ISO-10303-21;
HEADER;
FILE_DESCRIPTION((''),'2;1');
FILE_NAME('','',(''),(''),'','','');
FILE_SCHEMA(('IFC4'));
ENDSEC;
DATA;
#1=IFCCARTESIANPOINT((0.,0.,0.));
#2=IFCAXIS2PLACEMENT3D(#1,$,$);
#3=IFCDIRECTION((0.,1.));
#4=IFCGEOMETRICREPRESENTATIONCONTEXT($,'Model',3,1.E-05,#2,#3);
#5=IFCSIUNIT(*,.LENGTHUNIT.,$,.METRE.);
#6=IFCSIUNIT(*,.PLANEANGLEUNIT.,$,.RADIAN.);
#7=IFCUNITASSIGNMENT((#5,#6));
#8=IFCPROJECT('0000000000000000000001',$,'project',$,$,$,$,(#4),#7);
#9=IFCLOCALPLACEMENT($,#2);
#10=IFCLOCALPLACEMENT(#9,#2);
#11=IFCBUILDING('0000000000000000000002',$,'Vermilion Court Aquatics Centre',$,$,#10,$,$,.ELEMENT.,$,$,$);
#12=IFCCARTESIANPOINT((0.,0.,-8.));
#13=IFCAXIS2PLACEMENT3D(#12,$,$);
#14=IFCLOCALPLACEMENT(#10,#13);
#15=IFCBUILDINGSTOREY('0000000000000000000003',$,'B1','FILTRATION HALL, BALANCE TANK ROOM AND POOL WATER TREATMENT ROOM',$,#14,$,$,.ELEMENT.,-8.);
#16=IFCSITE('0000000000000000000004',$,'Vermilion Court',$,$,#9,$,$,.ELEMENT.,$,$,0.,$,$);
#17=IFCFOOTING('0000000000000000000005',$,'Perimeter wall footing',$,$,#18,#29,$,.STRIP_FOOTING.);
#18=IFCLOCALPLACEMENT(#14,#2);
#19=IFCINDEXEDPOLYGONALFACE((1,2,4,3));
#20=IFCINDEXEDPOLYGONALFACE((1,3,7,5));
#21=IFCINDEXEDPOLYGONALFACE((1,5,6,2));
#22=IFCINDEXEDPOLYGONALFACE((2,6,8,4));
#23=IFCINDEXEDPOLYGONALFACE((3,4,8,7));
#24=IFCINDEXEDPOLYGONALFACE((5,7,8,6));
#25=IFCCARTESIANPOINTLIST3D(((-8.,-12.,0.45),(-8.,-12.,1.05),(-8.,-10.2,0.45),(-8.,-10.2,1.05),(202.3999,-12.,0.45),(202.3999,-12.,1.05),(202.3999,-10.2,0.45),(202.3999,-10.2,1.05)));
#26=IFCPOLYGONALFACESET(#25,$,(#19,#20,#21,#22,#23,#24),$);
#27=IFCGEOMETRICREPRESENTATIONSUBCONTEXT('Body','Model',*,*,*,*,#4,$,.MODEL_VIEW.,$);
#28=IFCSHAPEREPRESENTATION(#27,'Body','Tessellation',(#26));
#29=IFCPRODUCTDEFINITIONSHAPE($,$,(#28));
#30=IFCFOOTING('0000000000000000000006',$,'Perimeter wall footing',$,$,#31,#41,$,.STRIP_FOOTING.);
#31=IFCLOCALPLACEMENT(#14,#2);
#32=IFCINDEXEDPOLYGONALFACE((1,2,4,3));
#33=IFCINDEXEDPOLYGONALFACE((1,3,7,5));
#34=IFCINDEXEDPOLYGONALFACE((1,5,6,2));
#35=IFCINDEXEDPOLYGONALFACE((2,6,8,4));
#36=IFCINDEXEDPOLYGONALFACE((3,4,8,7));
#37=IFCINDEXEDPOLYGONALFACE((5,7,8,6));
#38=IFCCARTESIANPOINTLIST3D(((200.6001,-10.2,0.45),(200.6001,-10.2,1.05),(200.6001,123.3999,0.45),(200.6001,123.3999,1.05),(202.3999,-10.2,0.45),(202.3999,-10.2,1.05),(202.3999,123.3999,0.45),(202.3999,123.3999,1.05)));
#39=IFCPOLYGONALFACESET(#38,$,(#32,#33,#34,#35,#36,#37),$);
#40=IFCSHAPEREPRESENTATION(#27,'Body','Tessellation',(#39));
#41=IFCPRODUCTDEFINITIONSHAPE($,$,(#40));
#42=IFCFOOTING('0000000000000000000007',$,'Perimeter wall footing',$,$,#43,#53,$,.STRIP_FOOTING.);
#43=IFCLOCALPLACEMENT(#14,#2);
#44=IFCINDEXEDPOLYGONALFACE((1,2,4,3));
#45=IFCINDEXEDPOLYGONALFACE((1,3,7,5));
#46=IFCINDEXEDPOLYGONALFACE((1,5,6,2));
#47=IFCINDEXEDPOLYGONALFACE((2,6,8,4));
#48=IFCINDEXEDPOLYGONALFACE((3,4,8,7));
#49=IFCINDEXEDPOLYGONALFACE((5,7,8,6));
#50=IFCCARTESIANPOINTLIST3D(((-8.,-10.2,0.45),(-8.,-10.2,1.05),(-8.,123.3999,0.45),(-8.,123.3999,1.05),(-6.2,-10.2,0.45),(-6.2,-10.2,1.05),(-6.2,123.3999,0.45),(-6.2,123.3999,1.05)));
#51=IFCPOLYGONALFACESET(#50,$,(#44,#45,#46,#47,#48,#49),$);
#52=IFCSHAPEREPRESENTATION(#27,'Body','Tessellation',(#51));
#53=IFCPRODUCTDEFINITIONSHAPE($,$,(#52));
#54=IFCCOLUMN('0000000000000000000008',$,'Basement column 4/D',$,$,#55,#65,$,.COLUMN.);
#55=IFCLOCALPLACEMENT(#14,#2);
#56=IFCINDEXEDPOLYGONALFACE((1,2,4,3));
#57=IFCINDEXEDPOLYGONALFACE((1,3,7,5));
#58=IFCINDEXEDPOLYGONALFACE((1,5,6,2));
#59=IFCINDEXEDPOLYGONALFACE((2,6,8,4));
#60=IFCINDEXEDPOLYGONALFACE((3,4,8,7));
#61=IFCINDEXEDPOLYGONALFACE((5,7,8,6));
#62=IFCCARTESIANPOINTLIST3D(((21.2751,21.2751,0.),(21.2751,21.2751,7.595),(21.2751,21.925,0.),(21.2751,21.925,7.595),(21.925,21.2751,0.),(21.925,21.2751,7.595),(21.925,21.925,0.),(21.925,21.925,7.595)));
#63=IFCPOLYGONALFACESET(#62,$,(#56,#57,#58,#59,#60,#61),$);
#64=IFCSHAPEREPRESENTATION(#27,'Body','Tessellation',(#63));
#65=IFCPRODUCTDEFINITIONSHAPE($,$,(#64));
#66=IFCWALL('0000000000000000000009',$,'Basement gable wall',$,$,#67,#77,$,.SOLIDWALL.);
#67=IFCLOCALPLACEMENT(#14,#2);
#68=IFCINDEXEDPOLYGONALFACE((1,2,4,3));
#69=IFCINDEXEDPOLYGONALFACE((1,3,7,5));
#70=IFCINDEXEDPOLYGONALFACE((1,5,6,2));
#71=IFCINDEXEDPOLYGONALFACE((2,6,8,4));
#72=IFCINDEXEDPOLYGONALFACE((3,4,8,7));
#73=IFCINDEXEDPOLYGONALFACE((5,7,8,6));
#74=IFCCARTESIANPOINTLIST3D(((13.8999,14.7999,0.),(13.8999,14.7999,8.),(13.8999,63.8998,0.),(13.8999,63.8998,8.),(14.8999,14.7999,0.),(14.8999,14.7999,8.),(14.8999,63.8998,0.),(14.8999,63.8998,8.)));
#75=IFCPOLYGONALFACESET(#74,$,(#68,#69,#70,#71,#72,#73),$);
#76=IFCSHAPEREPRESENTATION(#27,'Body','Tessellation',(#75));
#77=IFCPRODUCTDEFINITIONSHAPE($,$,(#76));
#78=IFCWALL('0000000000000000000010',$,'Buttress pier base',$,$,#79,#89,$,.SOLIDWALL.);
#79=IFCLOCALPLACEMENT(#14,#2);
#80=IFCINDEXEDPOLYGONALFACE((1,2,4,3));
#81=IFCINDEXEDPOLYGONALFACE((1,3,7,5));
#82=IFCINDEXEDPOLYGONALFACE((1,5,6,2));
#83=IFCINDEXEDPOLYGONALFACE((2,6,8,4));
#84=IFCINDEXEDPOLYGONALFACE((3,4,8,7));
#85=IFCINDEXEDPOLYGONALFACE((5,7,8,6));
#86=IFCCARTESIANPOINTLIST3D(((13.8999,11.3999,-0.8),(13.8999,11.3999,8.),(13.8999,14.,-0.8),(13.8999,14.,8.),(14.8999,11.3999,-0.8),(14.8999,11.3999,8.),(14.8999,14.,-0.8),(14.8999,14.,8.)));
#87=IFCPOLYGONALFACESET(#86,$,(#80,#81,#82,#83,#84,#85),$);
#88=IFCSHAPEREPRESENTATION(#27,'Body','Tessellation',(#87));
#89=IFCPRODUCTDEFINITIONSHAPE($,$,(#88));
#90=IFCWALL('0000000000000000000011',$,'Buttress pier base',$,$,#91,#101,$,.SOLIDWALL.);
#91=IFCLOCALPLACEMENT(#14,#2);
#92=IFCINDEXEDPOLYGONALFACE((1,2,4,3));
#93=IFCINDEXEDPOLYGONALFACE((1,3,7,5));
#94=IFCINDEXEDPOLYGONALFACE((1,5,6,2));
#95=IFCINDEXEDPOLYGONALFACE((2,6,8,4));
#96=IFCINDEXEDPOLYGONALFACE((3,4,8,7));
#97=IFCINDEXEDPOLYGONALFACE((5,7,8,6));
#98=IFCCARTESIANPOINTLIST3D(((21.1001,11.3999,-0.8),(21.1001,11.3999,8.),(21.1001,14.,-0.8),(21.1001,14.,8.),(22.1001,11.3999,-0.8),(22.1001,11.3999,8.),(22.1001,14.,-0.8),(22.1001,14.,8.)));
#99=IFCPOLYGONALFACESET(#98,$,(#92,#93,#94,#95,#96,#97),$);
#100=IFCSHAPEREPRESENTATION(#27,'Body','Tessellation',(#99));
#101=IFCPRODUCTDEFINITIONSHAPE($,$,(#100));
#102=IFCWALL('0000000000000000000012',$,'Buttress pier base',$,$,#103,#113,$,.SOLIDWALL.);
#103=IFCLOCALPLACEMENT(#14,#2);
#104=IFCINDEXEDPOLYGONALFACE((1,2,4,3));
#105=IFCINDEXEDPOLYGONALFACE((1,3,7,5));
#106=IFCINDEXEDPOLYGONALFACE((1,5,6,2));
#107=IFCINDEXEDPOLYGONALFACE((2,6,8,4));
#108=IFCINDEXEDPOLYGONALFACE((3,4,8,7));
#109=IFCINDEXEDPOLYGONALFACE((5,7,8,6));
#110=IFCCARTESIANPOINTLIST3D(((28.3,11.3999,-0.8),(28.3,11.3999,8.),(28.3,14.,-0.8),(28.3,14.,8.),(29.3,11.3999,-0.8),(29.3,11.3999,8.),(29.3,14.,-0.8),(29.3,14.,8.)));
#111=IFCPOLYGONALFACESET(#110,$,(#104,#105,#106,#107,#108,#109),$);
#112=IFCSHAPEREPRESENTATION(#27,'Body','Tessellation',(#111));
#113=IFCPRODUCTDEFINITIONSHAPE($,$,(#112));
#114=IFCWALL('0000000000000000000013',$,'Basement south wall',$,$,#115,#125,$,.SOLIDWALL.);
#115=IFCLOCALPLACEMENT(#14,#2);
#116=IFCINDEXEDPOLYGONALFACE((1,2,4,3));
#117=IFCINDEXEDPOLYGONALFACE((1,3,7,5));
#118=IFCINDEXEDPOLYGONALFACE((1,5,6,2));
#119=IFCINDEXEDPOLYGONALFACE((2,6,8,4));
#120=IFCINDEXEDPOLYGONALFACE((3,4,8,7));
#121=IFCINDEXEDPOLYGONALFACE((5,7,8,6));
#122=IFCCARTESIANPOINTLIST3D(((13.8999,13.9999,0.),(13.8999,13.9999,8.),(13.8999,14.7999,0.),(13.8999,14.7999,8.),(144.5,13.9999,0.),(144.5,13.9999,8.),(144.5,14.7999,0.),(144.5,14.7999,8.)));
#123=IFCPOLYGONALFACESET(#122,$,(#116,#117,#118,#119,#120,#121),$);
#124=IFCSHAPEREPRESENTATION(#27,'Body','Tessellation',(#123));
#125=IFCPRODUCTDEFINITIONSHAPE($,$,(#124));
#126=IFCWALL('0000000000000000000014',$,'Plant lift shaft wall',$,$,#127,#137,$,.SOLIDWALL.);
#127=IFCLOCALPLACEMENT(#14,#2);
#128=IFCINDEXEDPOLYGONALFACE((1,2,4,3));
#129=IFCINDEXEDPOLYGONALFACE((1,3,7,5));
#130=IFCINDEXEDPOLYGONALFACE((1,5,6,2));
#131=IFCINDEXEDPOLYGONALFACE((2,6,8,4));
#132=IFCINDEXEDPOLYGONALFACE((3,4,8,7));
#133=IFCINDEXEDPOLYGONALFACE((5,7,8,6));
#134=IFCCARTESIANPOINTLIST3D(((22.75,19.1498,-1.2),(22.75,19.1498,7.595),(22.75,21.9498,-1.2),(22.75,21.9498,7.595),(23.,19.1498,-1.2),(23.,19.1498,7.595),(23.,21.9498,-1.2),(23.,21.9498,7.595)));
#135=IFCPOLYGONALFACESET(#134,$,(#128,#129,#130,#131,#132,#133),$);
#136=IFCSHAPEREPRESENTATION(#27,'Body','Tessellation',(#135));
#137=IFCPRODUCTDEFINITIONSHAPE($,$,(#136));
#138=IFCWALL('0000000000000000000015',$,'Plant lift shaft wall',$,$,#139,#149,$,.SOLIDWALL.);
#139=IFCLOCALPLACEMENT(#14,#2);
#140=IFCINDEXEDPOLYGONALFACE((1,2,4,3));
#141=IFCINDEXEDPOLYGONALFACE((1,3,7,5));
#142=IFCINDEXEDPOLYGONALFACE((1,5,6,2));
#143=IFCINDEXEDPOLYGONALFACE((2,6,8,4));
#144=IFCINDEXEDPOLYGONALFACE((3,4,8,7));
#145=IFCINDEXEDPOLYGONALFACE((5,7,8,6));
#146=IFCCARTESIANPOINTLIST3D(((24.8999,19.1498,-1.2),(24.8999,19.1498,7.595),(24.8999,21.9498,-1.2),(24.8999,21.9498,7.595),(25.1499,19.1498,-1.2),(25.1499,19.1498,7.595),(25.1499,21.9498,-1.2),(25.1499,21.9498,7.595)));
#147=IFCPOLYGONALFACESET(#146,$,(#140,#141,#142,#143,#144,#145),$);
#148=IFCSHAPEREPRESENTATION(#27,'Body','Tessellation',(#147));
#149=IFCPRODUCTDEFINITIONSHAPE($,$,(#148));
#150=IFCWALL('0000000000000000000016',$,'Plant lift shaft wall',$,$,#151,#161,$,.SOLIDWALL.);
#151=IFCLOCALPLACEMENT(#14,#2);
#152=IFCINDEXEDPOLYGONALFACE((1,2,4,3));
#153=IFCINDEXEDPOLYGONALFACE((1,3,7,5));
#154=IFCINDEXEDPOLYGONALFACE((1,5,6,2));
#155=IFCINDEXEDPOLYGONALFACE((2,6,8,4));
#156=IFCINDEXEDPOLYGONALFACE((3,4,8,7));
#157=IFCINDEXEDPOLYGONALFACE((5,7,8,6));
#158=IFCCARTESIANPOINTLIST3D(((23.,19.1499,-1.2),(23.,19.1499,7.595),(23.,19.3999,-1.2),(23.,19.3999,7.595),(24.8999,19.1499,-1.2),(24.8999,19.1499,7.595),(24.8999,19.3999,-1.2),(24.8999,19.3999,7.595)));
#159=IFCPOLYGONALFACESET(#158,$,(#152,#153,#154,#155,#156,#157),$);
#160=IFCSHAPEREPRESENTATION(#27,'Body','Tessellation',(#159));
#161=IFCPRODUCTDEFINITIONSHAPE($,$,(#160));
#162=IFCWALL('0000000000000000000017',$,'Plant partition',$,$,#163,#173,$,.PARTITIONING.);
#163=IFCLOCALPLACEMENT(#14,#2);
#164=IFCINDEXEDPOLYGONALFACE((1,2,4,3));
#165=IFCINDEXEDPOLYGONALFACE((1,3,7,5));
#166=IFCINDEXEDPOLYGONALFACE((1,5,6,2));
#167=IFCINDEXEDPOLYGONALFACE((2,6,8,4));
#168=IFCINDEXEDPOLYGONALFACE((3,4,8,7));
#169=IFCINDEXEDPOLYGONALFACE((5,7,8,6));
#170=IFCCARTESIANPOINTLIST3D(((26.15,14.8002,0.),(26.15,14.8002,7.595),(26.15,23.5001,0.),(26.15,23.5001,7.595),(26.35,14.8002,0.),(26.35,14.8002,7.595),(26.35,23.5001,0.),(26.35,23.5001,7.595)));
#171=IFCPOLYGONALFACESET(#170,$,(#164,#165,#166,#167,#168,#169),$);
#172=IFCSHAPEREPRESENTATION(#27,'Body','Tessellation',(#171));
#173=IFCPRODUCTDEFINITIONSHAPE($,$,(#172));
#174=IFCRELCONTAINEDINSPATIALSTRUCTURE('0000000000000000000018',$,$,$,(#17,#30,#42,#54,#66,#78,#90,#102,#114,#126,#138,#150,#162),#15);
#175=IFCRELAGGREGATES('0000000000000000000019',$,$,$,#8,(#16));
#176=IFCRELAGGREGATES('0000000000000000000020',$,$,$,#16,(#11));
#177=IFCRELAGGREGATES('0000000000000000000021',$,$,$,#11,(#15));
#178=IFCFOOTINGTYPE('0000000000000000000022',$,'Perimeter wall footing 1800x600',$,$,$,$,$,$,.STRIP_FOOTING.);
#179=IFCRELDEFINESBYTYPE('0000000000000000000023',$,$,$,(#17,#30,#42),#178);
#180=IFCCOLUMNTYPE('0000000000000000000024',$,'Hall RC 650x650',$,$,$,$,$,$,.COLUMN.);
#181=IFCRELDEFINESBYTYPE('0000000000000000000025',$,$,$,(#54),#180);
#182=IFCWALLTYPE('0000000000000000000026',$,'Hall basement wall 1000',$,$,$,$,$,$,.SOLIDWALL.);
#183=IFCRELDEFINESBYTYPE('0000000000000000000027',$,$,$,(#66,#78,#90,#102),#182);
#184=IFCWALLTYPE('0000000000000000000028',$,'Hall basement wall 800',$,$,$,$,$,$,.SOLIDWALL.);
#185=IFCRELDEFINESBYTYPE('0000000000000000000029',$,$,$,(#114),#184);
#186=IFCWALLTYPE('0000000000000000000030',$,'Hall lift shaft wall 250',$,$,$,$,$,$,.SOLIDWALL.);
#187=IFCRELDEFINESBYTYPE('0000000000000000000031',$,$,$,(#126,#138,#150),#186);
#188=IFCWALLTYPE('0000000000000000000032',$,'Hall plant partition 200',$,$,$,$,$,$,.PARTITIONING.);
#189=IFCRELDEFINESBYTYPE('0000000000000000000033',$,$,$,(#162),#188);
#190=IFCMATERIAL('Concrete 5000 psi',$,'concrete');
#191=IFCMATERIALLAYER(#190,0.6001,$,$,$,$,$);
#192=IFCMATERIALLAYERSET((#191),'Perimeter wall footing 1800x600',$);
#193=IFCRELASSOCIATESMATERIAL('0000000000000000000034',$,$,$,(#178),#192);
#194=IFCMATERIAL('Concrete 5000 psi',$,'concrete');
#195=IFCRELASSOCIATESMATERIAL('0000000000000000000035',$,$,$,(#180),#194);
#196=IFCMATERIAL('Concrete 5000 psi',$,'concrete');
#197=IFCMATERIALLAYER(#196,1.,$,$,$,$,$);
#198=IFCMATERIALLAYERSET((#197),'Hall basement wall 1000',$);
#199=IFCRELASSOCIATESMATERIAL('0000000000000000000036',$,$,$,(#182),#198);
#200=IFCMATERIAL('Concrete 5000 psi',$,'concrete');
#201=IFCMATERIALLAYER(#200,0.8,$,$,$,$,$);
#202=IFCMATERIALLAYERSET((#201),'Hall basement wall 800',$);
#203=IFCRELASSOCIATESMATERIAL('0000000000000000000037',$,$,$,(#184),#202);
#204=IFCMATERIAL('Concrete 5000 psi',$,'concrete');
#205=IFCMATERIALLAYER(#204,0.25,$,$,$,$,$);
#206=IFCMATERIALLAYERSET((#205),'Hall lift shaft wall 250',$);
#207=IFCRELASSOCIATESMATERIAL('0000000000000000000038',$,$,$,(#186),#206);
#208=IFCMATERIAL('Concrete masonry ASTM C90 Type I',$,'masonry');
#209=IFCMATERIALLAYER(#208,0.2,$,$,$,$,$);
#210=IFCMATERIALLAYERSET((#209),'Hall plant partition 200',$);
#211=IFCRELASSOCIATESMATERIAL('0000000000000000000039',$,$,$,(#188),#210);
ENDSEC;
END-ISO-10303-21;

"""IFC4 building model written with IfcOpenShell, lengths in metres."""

from ifc_helpers import new_model, si_unit, direction, frame, frame_2d, origin, origin_2d, place, context, subcontext, project, spatial, polyline, rectangle, outline, extrude, material, layer, layer_set, material_profile, profile_set, type_object, element, save


model = new_model("IFC4")

# Units and contexts
model_context = context("Model", 3, precision=1e-05, world=origin(), true_north=direction((0.0, 1.0)))
body_context = subcontext(model_context, "Body", "Model", "MODEL_VIEW")
ifc_project = project(units=[si_unit("LENGTHUNIT", "METRE"), si_unit("PLANEANGLEUNIT", "RADIAN")], contexts=[model_context])

# Site, building, storey
site_placement = place(None, origin())
site = spatial("IfcSite", under=ifc_project, at=site_placement, Name="Vermilion Court", CompositionType="ELEMENT", RefElevation=0.0)
building_placement = place(site_placement, origin())
building = spatial("IfcBuilding", under=site, at=building_placement, Name="Vermilion Court Aquatics Centre", CompositionType="ELEMENT")
storey_placement = place(building_placement, frame((0.0, 0.0, -8.0)))
storey = spatial("IfcBuildingStorey", under=building, at=storey_placement, Name="B1", Description="FILTRATION HALL, BALANCE TANK ROOM AND POOL WATER TREATMENT ROOM", CompositionType="ELEMENT", Elevation=-8.0)

# Footings
ifc_material_1 = material(Name="Concrete 5000 psi", Category="concrete")
ifc_layer_1 = layer(ifc_material_1, 0.6001)
ifc_layer_set_1 = layer_set([ifc_layer_1], Name="Perimeter wall footing 1800x600")
footing_type = type_object("IfcFootingType", Name="Perimeter wall footing 1800x600", PredefinedType="STRIP_FOOTING", material=ifc_layer_set_1)
footing_1_placement = place(storey_placement, frame((0.0, 0.0, 0.45)))
element("IfcFooting", 1, at=footing_1_placement, inside=storey, type_object=footing_type, Name="Perimeter wall footing", PredefinedType="STRIP_FOOTING", context=body_context, shape_type="SweptSolid", body=[
    extrude(outline(polyline([(-8.0, -12.0), (202.3999, -12.0), (202.3999, -10.2), (-8.0, -10.2), (-8.0, -12.0)])), origin(), (0.0, 0.0, 1.0), 0.6001),
])
footing_2_placement = place(storey_placement, frame((0.0, 0.0, 0.45)))
element("IfcFooting", 2, at=footing_2_placement, inside=storey, type_object=footing_type, Name="Perimeter wall footing", PredefinedType="STRIP_FOOTING", context=body_context, shape_type="SweptSolid", body=[
    extrude(outline(polyline([(200.6001, -10.2), (202.3999, -10.2), (202.3999, 123.3999), (200.6001, 123.3999), (200.6001, -10.2)])), origin(), (0.0, 0.0, 1.0), 0.6001),
])
footing_3_placement = place(storey_placement, frame((0.0, 0.0, 0.45)))
element("IfcFooting", 3, at=footing_3_placement, inside=storey, type_object=footing_type, Name="Perimeter wall footing", PredefinedType="STRIP_FOOTING", context=body_context, shape_type="SweptSolid", body=[
    extrude(outline(polyline([(-8.0, -10.2), (-6.2, -10.2), (-6.2, 123.3999), (-8.0, 123.3999), (-8.0, -10.2)])), origin(), (0.0, 0.0, 1.0), 0.6001),
])

# Column
ifc_material_2 = material(Name="Concrete 5000 psi", Category="concrete")
ifc_material_profile = material_profile(ifc_material_2, rectangle(XDim=0.6499, YDim=0.6499, at=origin_2d()), Name="RC 650x650")
ifc_profile_set = profile_set([ifc_material_profile], Name="Concrete 5000 psi")
column_type = type_object("IfcColumnType", Name="Hall RC 650x650", PredefinedType="COLUMN", material=ifc_profile_set)
column_placement = place(storey_placement, frame((21.6001, 21.6001, 0.0), z_axis=(0.0, 0.0, 1.0), x_axis=(1.0, 0.0, 0.0)))
element("IfcColumn", 4, at=column_placement, inside=storey, type_object=column_type, Name="Basement column 4/D", PredefinedType="COLUMN", context=body_context, shape_type="SweptSolid", body=[
    extrude(rectangle(XDim=0.6499, YDim=0.6499, at=origin_2d()), origin(), (0.0, 0.0, 1.0), 7.595),
])

# Walls
ifc_material_3 = material(Name="Concrete 5000 psi", Category="concrete")
ifc_layer_2 = layer(ifc_material_3, 1.0)
ifc_layer_set_2 = layer_set([ifc_layer_2], Name="Hall basement wall 1000")
wall_type_1 = type_object("IfcWallType", Name="Hall basement wall 1000", PredefinedType="SOLIDWALL", material=ifc_layer_set_2)
wall_1_placement = place(storey_placement, frame((14.3999, 14.8, 0.0), z_axis=(0.0, 0.0, 1.0), x_axis=(0.0, 1.0, 0.0)))
element("IfcWall", 5, at=wall_1_placement, inside=storey, type_object=wall_type_1, Name="Basement gable wall", PredefinedType="SOLIDWALL", context=body_context, shape_type="SweptSolid", body=[
    extrude(rectangle(XDim=49.0999, YDim=1.0, at=frame_2d((24.5498, 0.0))), origin(), (0.0, 0.0, 1.0), 8.0),
])
for number, where, z_axis, x_axis, name in (
    (6, (14.3999, 11.3999, -0.8), (0.0, 0.0, 1.0), (0.0, 1.0, 0.0), "Buttress pier base"),
    (7, (21.6001, 11.3999, -0.8), (0.0, 0.0, 1.0), (0.0, 1.0, 0.0), "Buttress pier base"),
    (8, (28.8, 11.3999, -0.8), (0.0, 0.0, 1.0), (0.0, 1.0, 0.0), "Buttress pier base"),
):
    element("IfcWall", number, at=place(storey_placement, frame(where, z_axis=z_axis, x_axis=x_axis)), inside=storey, type_object=wall_type_1, Name=name, PredefinedType="SOLIDWALL", context=body_context, shape_type="SweptSolid", body=[
        extrude(rectangle(XDim=2.6001, YDim=1.0, at=frame_2d((1.3, 0.0))), origin(), (0.0, 0.0, 1.0), 8.8),
    ])
ifc_material_4 = material(Name="Concrete 5000 psi", Category="concrete")
ifc_layer_3 = layer(ifc_material_4, 0.8)
ifc_layer_set_3 = layer_set([ifc_layer_3], Name="Hall basement wall 800")
wall_type_2 = type_object("IfcWallType", Name="Hall basement wall 800", PredefinedType="SOLIDWALL", material=ifc_layer_set_3)
wall_2_placement = place(storey_placement, frame((13.8999, 14.3999, 0.0), z_axis=(0.0, 0.0, 1.0), x_axis=(1.0, 0.0, 0.0)))
element("IfcWall", 9, at=wall_2_placement, inside=storey, type_object=wall_type_2, Name="Basement south wall", PredefinedType="SOLIDWALL", context=body_context, shape_type="SweptSolid", body=[
    extrude(rectangle(XDim=130.6001, YDim=0.8, at=frame_2d((65.3, 0.0))), origin(), (0.0, 0.0, 1.0), 8.0),
])
ifc_material_5 = material(Name="Concrete 5000 psi", Category="concrete")
ifc_layer_4 = layer(ifc_material_5, 0.25)
ifc_layer_set_4 = layer_set([ifc_layer_4], Name="Hall lift shaft wall 250")
wall_type_3 = type_object("IfcWallType", Name="Hall lift shaft wall 250", PredefinedType="SOLIDWALL", material=ifc_layer_set_4)
for number, where, z_axis, x_axis, name in (
    (10, (22.875, 19.1499, -1.2), (0.0, 0.0, 1.0), (0.0, 1.0, 0.0), "Plant lift shaft wall"),
    (11, (25.0249, 19.1499, -1.2), (0.0, 0.0, 1.0), (0.0, 1.0, 0.0), "Plant lift shaft wall"),
):
    element("IfcWall", number, at=place(storey_placement, frame(where, z_axis=z_axis, x_axis=x_axis)), inside=storey, type_object=wall_type_3, Name=name, PredefinedType="SOLIDWALL", context=body_context, shape_type="SweptSolid", body=[
        extrude(rectangle(XDim=2.8, YDim=0.25, at=frame_2d((1.3999, 0.0))), origin(), (0.0, 0.0, 1.0), 8.7949),
    ])
wall_3_placement = place(storey_placement, frame((23.0, 19.2749, -1.2), z_axis=(0.0, 0.0, 1.0), x_axis=(1.0, 0.0, 0.0)))
element("IfcWall", 12, at=wall_3_placement, inside=storey, type_object=wall_type_3, Name="Plant lift shaft wall", PredefinedType="SOLIDWALL", context=body_context, shape_type="SweptSolid", body=[
    extrude(rectangle(XDim=1.8999, YDim=0.25, at=frame_2d((0.95, 0.0))), origin(), (0.0, 0.0, 1.0), 8.7949),
])
ifc_material_6 = material(Name="Concrete masonry ASTM C90 Type I", Category="masonry")
ifc_layer_5 = layer(ifc_material_6, 0.2)
ifc_layer_set_5 = layer_set([ifc_layer_5], Name="Hall plant partition 200")
wall_type_4 = type_object("IfcWallType", Name="Hall plant partition 200", PredefinedType="PARTITIONING", material=ifc_layer_set_5)
wall_4_placement = place(storey_placement, frame((26.25, 14.8, 0.0), z_axis=(0.0, 0.0, 1.0), x_axis=(0.0, 1.0, 0.0)))
element("IfcWall", 13, at=wall_4_placement, inside=storey, type_object=wall_type_4, Name="Plant partition", PredefinedType="PARTITIONING", context=body_context, shape_type="SweptSolid", body=[
    extrude(rectangle(XDim=8.7, YDim=0.2, at=frame_2d((4.3501, 0.0))), origin(), (0.0, 0.0, 1.0), 7.595),
])

save(model, "model.ifc")
